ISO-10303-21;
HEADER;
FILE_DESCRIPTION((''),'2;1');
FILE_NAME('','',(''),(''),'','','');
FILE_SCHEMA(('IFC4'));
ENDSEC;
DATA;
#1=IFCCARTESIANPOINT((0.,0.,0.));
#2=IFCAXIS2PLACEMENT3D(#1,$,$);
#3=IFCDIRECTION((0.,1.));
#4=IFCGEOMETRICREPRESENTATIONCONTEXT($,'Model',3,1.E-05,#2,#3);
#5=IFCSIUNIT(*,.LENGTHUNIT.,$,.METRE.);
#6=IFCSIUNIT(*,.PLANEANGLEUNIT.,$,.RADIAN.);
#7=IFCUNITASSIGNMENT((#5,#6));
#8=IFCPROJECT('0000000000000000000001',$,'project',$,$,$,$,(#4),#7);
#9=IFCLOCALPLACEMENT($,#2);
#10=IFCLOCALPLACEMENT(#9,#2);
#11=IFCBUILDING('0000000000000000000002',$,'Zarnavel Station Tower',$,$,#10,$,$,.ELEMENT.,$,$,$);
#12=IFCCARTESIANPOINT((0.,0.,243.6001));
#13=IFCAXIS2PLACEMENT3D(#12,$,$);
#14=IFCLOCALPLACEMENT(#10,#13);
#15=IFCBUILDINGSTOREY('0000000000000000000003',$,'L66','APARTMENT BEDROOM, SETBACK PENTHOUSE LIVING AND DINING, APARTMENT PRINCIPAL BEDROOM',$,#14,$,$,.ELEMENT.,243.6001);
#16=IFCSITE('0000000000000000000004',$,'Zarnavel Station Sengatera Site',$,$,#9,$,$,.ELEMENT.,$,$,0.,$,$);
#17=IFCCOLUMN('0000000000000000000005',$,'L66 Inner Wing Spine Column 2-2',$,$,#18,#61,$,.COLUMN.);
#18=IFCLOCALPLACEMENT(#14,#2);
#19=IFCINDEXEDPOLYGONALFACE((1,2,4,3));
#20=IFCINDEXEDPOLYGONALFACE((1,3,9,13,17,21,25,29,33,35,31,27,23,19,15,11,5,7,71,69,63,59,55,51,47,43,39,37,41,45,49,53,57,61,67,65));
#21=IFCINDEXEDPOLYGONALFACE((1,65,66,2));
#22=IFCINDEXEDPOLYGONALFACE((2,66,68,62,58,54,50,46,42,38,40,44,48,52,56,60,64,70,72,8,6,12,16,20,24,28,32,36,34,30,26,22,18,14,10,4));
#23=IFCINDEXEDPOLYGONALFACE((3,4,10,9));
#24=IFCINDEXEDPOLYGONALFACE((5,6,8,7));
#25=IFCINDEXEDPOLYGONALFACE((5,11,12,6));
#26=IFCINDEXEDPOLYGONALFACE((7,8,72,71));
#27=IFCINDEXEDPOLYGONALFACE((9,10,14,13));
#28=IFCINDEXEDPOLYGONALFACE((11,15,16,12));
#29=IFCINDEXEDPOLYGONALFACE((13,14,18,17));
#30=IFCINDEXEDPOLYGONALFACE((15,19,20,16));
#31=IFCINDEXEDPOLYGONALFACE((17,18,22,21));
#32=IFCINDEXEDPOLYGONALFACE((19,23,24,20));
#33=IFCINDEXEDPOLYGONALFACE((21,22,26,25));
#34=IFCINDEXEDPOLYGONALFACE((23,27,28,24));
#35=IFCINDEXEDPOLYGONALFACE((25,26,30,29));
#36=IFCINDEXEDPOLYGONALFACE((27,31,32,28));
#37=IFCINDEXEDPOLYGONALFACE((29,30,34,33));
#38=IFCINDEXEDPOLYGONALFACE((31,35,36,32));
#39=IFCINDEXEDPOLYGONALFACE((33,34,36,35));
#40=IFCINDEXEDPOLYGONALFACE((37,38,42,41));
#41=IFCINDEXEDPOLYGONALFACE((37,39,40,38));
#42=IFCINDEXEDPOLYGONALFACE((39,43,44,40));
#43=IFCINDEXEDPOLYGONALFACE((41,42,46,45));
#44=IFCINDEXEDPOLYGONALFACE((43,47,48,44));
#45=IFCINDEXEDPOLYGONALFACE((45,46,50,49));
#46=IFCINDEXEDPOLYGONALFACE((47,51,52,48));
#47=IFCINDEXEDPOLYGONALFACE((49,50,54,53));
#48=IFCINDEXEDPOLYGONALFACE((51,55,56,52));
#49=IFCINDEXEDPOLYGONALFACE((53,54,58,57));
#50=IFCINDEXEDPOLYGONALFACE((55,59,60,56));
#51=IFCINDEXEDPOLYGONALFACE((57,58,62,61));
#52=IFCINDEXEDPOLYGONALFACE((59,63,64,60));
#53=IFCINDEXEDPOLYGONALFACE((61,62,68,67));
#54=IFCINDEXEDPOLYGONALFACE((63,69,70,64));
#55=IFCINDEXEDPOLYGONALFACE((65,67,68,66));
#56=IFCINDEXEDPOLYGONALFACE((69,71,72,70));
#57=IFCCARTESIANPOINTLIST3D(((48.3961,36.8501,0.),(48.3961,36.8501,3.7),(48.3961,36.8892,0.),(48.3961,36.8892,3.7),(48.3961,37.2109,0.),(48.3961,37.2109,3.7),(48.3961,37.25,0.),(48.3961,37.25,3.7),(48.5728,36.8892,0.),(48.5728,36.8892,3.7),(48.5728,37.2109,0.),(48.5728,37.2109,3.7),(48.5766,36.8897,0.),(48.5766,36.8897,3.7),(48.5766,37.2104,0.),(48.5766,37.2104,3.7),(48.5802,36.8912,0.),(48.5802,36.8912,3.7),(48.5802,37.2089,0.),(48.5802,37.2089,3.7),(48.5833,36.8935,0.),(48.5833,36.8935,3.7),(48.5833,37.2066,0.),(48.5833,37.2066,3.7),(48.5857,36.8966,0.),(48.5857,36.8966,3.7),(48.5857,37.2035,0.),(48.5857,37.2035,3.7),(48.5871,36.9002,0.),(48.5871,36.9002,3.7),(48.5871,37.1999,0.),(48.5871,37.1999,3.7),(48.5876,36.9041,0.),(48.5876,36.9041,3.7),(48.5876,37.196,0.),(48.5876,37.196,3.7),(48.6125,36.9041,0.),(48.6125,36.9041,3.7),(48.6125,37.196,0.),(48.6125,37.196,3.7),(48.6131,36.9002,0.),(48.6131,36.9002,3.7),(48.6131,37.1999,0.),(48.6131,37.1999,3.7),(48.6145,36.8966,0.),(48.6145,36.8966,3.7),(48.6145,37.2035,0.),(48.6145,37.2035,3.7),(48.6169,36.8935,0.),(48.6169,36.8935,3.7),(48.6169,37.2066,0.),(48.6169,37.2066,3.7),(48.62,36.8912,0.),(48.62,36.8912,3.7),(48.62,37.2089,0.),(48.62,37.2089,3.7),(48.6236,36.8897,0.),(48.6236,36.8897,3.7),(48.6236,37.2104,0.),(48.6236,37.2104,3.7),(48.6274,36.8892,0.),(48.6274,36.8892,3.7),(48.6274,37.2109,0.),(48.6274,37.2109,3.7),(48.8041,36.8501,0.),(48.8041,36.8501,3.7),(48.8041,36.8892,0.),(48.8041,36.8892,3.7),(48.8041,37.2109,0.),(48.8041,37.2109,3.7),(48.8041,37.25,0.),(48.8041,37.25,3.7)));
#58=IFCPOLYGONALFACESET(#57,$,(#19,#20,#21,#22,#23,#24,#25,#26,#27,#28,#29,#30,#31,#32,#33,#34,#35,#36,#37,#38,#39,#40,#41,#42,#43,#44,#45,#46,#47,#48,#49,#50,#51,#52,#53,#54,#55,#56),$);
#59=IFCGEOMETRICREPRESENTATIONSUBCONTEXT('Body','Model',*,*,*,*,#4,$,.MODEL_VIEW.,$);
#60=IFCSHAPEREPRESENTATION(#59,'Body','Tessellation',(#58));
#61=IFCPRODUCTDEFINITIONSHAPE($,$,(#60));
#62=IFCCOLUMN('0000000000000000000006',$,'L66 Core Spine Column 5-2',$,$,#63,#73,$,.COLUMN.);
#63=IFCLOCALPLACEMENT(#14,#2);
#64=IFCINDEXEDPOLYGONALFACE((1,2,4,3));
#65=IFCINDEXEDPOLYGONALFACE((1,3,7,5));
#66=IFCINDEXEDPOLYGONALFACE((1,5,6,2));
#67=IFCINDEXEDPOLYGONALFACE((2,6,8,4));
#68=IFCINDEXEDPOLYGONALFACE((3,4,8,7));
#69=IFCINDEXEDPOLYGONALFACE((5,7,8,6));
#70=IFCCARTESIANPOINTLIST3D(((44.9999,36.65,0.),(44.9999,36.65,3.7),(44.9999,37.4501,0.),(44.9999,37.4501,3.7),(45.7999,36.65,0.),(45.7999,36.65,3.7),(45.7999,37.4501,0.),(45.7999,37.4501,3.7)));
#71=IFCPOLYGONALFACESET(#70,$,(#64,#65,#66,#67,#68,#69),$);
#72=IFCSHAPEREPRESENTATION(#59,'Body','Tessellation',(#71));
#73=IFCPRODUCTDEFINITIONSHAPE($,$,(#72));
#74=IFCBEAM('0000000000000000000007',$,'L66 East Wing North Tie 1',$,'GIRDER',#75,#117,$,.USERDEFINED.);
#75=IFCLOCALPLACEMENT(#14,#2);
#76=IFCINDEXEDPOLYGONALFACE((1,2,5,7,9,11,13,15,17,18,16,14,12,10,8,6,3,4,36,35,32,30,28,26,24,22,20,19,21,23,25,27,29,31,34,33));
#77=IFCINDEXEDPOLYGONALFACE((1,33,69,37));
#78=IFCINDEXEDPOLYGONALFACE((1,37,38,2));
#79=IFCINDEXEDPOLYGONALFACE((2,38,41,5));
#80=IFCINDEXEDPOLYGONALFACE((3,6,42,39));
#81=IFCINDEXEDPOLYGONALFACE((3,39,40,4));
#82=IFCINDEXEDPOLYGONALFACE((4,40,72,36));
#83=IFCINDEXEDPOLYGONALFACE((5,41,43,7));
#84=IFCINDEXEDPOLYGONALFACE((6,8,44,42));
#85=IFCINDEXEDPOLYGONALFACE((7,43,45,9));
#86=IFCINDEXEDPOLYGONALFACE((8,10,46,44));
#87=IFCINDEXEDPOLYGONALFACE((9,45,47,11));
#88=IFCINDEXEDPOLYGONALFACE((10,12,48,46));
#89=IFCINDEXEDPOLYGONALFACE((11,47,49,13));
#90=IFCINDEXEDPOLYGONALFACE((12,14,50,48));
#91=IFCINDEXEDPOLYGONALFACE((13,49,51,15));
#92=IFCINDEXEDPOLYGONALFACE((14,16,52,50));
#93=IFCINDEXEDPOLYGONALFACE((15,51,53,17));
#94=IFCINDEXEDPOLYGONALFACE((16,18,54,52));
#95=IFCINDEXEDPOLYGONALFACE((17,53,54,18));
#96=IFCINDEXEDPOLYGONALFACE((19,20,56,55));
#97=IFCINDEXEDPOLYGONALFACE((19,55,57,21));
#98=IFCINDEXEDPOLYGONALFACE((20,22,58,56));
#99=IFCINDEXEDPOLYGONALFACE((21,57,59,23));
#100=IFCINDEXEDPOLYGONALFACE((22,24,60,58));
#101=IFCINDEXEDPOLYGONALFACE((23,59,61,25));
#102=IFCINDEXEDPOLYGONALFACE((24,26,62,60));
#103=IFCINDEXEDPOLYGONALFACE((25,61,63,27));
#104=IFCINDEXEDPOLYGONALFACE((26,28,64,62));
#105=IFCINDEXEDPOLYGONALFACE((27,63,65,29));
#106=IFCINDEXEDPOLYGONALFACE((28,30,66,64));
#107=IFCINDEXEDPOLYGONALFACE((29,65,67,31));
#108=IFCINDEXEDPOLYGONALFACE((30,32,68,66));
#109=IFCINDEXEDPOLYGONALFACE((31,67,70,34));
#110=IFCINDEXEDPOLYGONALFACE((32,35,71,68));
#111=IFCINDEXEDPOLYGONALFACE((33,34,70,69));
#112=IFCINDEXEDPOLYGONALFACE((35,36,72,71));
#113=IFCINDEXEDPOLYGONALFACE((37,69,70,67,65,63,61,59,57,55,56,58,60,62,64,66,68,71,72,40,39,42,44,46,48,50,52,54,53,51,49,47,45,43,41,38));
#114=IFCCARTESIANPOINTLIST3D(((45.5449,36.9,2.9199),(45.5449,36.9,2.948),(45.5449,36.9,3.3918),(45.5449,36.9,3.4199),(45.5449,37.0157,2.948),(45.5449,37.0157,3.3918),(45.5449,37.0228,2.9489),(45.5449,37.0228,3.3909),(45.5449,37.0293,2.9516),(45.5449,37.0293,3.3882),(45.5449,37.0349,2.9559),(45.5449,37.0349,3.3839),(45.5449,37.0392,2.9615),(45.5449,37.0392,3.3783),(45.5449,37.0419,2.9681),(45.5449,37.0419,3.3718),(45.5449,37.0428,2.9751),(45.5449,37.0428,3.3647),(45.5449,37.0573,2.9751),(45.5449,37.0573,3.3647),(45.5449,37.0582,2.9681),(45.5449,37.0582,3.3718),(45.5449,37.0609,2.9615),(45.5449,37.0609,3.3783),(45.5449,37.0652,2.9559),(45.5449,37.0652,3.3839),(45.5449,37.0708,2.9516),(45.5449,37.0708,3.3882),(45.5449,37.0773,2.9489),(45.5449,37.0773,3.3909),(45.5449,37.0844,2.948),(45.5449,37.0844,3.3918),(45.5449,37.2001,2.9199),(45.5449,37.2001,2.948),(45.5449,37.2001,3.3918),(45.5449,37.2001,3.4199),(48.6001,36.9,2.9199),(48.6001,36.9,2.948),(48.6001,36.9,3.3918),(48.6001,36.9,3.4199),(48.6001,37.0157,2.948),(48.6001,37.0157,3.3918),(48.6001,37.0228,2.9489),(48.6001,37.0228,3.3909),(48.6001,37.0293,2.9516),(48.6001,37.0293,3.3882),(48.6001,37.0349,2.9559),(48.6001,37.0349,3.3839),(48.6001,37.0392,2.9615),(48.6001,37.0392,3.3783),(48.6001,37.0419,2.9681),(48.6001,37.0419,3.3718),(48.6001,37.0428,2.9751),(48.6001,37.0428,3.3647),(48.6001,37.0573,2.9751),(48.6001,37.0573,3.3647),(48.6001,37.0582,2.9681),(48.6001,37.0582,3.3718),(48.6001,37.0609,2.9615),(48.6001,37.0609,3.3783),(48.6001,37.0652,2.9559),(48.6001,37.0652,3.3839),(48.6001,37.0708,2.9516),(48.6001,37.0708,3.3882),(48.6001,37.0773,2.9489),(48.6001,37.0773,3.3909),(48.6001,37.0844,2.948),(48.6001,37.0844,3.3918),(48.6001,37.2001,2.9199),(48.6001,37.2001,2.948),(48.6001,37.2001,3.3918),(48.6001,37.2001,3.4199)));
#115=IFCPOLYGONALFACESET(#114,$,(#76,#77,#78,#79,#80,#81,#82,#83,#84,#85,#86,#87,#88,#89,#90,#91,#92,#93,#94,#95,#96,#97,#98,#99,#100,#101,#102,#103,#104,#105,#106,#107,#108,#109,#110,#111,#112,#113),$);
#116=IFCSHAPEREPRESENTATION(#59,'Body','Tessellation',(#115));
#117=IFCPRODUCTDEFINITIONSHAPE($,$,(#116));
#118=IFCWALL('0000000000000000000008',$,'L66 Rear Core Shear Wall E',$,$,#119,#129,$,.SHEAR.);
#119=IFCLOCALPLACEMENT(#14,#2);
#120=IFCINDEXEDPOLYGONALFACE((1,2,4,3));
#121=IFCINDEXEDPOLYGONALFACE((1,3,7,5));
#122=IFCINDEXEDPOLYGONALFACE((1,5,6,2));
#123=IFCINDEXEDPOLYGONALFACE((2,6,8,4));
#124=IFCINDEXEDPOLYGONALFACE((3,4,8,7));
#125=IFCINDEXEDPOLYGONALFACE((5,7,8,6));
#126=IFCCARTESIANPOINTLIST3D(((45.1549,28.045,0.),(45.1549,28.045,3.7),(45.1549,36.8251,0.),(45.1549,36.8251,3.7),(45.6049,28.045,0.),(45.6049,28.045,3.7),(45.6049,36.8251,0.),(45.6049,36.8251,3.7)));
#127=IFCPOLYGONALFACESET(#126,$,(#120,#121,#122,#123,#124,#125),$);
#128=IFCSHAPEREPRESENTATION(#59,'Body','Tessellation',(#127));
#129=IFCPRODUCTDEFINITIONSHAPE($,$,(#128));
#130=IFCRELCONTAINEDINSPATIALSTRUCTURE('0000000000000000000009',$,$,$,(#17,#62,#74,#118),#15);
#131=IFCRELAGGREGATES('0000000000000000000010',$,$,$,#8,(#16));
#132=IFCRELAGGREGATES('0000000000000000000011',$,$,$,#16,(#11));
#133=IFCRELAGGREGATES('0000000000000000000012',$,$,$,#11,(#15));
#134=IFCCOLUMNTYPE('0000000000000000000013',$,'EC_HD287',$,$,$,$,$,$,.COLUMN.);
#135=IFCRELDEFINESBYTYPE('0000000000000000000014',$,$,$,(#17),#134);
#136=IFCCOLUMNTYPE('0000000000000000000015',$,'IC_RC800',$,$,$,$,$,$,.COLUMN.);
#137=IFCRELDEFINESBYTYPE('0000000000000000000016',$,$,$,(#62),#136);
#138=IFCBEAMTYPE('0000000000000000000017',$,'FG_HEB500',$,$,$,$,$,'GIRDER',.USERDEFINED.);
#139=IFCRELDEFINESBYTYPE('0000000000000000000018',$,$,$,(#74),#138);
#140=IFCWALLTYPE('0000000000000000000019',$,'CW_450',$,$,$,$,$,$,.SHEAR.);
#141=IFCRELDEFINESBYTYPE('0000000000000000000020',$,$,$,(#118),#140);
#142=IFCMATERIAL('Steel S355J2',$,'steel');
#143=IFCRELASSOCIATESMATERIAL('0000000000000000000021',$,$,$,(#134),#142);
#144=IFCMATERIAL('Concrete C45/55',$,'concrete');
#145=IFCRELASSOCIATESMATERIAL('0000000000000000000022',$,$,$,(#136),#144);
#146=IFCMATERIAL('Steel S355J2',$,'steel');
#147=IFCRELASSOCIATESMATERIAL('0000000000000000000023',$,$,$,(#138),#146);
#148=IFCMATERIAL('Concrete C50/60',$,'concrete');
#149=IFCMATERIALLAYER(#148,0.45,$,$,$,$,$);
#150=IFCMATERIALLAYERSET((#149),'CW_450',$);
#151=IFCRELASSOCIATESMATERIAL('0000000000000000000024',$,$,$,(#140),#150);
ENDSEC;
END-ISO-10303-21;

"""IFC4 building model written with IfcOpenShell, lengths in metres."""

from ifc_helpers import new_model, si_unit, direction, frame, frame_2d, origin, origin_2d, place, context, subcontext, project, spatial, rectangle, i_section, extrude, material, layer, layer_set, material_profile, profile_set, type_object, element, save


model = new_model("IFC4")

# Units and contexts
model_context = context("Model", 3, precision=1e-05, world=origin(), true_north=direction((0.0, 1.0)))
body_context = subcontext(model_context, "Body", "Model", "MODEL_VIEW")
ifc_project = project(units=[si_unit("LENGTHUNIT", "METRE"), si_unit("PLANEANGLEUNIT", "RADIAN")], contexts=[model_context])

# Site, building, storey
site_placement = place(None, origin())
site = spatial("IfcSite", under=ifc_project, at=site_placement, Name="Zarnavel Station Sengatera Site", CompositionType="ELEMENT", RefElevation=0.0)
building_placement = place(site_placement, origin())
building = spatial("IfcBuilding", under=site, at=building_placement, Name="Zarnavel Station Tower", CompositionType="ELEMENT")
storey_placement = place(building_placement, frame((0.0, 0.0, 243.6001)))
storey = spatial("IfcBuildingStorey", under=building, at=storey_placement, Name="L66", Description="APARTMENT BEDROOM, SETBACK PENTHOUSE LIVING AND DINING, APARTMENT PRINCIPAL BEDROOM", CompositionType="ELEMENT", Elevation=243.6001)

# Columns
ifc_material_1 = material(Name="Steel S355J2", Category="steel")
ifc_material_profile_1 = material_profile(ifc_material_1, i_section(OverallWidth=0.408, OverallDepth=0.3999, WebThickness=0.0249, FlangeThickness=0.0391, FilletRadius=0.0149, at=origin_2d()), Name="HD400x287")
ifc_profile_set_1 = profile_set([ifc_material_profile_1], Name="Steel S355J2")
column_type_1 = type_object("IfcColumnType", Name="EC_HD287", PredefinedType="COLUMN", material=ifc_profile_set_1)
column_1_placement = place(storey_placement, frame((48.6001, 37.05, 0.0), z_axis=(0.0, 0.0, 1.0), x_axis=(1.0, 0.0, 0.0)))
element("IfcColumn", 1, at=column_1_placement, inside=storey, type_object=column_type_1, Name="L66 Inner Wing Spine Column 2-2", PredefinedType="COLUMN", context=body_context, shape_type="SweptSolid", body=[
    extrude(i_section(OverallWidth=0.408, OverallDepth=0.3999, WebThickness=0.0249, FlangeThickness=0.0391, FilletRadius=0.0149, at=origin_2d()), origin(), (0.0, 0.0, 1.0), 3.7),
])
ifc_material_2 = material(Name="Concrete C45/55", Category="concrete")
ifc_material_profile_2 = material_profile(ifc_material_2, rectangle(XDim=0.8, YDim=0.8, at=origin_2d()), Name="RC800x800")
ifc_profile_set_2 = profile_set([ifc_material_profile_2], Name="Concrete C45/55")
column_type_2 = type_object("IfcColumnType", Name="IC_RC800", PredefinedType="COLUMN", material=ifc_profile_set_2)
column_2_placement = place(storey_placement, frame((45.3999, 37.05, 0.0), z_axis=(0.0, 0.0, 1.0), x_axis=(1.0, 0.0, 0.0)))
element("IfcColumn", 2, at=column_2_placement, inside=storey, type_object=column_type_2, Name="L66 Core Spine Column 5-2", PredefinedType="COLUMN", context=body_context, shape_type="SweptSolid", body=[
    extrude(rectangle(XDim=0.8, YDim=0.8, at=origin_2d()), origin(), (0.0, 0.0, 1.0), 3.7),
])

# Beam
ifc_material_3 = material(Name="Steel S355J2", Category="steel")
ifc_material_profile_3 = material_profile(ifc_material_3, i_section(OverallWidth=0.3, OverallDepth=0.5, WebThickness=0.0144, FlangeThickness=0.0281, FilletRadius=0.0271, at=origin_2d()), Name="HEB500")
ifc_profile_set_3 = profile_set([ifc_material_profile_3], Name="Steel S355J2")
beam_type = type_object("IfcBeamType", Name="FG_HEB500", ElementType="GIRDER", PredefinedType="USERDEFINED", material=ifc_profile_set_3)
beam_placement = place(storey_placement, frame((45.5449, 37.05, 3.1699), z_axis=(1.0, 0.0, 0.0), x_axis=(0.0, 1.0, 0.0)))
element("IfcBeam", 3, at=beam_placement, inside=storey, type_object=beam_type, Name="L66 East Wing North Tie 1", ObjectType="GIRDER", PredefinedType="USERDEFINED", context=body_context, shape_type="SweptSolid", body=[
    extrude(i_section(OverallWidth=0.3, OverallDepth=0.5, WebThickness=0.0144, FlangeThickness=0.0281, FilletRadius=0.0271, at=origin_2d()), origin(), (0.0, 0.0, 1.0), 3.0552),
])

# Wall
ifc_material_4 = material(Name="Concrete C50/60", Category="concrete")
ifc_layer_1 = layer(ifc_material_4, 0.45)
ifc_layer_set_1 = layer_set([ifc_layer_1], Name="CW_450")
wall_type_1 = type_object("IfcWallType", Name="CW_450", PredefinedType="SHEAR", material=ifc_layer_set_1)
wall_1_placement = place(storey_placement, frame((45.3799, 28.0449, 0.0), z_axis=(0.0, 0.0, 1.0), x_axis=(0.0, 1.0, 0.0)))
element("IfcWall", 4, at=wall_1_placement, inside=storey, type_object=wall_type_1, Name="L66 Rear Core Shear Wall E", PredefinedType="SHEAR", context=body_context, shape_type="SweptSolid", body=[
    extrude(rectangle(XDim=8.78, YDim=0.45, at=frame_2d((4.3901, 0.0))), origin(), (0.0, 0.0, 1.0), 3.7),
])

save(model, "model.ifc")
